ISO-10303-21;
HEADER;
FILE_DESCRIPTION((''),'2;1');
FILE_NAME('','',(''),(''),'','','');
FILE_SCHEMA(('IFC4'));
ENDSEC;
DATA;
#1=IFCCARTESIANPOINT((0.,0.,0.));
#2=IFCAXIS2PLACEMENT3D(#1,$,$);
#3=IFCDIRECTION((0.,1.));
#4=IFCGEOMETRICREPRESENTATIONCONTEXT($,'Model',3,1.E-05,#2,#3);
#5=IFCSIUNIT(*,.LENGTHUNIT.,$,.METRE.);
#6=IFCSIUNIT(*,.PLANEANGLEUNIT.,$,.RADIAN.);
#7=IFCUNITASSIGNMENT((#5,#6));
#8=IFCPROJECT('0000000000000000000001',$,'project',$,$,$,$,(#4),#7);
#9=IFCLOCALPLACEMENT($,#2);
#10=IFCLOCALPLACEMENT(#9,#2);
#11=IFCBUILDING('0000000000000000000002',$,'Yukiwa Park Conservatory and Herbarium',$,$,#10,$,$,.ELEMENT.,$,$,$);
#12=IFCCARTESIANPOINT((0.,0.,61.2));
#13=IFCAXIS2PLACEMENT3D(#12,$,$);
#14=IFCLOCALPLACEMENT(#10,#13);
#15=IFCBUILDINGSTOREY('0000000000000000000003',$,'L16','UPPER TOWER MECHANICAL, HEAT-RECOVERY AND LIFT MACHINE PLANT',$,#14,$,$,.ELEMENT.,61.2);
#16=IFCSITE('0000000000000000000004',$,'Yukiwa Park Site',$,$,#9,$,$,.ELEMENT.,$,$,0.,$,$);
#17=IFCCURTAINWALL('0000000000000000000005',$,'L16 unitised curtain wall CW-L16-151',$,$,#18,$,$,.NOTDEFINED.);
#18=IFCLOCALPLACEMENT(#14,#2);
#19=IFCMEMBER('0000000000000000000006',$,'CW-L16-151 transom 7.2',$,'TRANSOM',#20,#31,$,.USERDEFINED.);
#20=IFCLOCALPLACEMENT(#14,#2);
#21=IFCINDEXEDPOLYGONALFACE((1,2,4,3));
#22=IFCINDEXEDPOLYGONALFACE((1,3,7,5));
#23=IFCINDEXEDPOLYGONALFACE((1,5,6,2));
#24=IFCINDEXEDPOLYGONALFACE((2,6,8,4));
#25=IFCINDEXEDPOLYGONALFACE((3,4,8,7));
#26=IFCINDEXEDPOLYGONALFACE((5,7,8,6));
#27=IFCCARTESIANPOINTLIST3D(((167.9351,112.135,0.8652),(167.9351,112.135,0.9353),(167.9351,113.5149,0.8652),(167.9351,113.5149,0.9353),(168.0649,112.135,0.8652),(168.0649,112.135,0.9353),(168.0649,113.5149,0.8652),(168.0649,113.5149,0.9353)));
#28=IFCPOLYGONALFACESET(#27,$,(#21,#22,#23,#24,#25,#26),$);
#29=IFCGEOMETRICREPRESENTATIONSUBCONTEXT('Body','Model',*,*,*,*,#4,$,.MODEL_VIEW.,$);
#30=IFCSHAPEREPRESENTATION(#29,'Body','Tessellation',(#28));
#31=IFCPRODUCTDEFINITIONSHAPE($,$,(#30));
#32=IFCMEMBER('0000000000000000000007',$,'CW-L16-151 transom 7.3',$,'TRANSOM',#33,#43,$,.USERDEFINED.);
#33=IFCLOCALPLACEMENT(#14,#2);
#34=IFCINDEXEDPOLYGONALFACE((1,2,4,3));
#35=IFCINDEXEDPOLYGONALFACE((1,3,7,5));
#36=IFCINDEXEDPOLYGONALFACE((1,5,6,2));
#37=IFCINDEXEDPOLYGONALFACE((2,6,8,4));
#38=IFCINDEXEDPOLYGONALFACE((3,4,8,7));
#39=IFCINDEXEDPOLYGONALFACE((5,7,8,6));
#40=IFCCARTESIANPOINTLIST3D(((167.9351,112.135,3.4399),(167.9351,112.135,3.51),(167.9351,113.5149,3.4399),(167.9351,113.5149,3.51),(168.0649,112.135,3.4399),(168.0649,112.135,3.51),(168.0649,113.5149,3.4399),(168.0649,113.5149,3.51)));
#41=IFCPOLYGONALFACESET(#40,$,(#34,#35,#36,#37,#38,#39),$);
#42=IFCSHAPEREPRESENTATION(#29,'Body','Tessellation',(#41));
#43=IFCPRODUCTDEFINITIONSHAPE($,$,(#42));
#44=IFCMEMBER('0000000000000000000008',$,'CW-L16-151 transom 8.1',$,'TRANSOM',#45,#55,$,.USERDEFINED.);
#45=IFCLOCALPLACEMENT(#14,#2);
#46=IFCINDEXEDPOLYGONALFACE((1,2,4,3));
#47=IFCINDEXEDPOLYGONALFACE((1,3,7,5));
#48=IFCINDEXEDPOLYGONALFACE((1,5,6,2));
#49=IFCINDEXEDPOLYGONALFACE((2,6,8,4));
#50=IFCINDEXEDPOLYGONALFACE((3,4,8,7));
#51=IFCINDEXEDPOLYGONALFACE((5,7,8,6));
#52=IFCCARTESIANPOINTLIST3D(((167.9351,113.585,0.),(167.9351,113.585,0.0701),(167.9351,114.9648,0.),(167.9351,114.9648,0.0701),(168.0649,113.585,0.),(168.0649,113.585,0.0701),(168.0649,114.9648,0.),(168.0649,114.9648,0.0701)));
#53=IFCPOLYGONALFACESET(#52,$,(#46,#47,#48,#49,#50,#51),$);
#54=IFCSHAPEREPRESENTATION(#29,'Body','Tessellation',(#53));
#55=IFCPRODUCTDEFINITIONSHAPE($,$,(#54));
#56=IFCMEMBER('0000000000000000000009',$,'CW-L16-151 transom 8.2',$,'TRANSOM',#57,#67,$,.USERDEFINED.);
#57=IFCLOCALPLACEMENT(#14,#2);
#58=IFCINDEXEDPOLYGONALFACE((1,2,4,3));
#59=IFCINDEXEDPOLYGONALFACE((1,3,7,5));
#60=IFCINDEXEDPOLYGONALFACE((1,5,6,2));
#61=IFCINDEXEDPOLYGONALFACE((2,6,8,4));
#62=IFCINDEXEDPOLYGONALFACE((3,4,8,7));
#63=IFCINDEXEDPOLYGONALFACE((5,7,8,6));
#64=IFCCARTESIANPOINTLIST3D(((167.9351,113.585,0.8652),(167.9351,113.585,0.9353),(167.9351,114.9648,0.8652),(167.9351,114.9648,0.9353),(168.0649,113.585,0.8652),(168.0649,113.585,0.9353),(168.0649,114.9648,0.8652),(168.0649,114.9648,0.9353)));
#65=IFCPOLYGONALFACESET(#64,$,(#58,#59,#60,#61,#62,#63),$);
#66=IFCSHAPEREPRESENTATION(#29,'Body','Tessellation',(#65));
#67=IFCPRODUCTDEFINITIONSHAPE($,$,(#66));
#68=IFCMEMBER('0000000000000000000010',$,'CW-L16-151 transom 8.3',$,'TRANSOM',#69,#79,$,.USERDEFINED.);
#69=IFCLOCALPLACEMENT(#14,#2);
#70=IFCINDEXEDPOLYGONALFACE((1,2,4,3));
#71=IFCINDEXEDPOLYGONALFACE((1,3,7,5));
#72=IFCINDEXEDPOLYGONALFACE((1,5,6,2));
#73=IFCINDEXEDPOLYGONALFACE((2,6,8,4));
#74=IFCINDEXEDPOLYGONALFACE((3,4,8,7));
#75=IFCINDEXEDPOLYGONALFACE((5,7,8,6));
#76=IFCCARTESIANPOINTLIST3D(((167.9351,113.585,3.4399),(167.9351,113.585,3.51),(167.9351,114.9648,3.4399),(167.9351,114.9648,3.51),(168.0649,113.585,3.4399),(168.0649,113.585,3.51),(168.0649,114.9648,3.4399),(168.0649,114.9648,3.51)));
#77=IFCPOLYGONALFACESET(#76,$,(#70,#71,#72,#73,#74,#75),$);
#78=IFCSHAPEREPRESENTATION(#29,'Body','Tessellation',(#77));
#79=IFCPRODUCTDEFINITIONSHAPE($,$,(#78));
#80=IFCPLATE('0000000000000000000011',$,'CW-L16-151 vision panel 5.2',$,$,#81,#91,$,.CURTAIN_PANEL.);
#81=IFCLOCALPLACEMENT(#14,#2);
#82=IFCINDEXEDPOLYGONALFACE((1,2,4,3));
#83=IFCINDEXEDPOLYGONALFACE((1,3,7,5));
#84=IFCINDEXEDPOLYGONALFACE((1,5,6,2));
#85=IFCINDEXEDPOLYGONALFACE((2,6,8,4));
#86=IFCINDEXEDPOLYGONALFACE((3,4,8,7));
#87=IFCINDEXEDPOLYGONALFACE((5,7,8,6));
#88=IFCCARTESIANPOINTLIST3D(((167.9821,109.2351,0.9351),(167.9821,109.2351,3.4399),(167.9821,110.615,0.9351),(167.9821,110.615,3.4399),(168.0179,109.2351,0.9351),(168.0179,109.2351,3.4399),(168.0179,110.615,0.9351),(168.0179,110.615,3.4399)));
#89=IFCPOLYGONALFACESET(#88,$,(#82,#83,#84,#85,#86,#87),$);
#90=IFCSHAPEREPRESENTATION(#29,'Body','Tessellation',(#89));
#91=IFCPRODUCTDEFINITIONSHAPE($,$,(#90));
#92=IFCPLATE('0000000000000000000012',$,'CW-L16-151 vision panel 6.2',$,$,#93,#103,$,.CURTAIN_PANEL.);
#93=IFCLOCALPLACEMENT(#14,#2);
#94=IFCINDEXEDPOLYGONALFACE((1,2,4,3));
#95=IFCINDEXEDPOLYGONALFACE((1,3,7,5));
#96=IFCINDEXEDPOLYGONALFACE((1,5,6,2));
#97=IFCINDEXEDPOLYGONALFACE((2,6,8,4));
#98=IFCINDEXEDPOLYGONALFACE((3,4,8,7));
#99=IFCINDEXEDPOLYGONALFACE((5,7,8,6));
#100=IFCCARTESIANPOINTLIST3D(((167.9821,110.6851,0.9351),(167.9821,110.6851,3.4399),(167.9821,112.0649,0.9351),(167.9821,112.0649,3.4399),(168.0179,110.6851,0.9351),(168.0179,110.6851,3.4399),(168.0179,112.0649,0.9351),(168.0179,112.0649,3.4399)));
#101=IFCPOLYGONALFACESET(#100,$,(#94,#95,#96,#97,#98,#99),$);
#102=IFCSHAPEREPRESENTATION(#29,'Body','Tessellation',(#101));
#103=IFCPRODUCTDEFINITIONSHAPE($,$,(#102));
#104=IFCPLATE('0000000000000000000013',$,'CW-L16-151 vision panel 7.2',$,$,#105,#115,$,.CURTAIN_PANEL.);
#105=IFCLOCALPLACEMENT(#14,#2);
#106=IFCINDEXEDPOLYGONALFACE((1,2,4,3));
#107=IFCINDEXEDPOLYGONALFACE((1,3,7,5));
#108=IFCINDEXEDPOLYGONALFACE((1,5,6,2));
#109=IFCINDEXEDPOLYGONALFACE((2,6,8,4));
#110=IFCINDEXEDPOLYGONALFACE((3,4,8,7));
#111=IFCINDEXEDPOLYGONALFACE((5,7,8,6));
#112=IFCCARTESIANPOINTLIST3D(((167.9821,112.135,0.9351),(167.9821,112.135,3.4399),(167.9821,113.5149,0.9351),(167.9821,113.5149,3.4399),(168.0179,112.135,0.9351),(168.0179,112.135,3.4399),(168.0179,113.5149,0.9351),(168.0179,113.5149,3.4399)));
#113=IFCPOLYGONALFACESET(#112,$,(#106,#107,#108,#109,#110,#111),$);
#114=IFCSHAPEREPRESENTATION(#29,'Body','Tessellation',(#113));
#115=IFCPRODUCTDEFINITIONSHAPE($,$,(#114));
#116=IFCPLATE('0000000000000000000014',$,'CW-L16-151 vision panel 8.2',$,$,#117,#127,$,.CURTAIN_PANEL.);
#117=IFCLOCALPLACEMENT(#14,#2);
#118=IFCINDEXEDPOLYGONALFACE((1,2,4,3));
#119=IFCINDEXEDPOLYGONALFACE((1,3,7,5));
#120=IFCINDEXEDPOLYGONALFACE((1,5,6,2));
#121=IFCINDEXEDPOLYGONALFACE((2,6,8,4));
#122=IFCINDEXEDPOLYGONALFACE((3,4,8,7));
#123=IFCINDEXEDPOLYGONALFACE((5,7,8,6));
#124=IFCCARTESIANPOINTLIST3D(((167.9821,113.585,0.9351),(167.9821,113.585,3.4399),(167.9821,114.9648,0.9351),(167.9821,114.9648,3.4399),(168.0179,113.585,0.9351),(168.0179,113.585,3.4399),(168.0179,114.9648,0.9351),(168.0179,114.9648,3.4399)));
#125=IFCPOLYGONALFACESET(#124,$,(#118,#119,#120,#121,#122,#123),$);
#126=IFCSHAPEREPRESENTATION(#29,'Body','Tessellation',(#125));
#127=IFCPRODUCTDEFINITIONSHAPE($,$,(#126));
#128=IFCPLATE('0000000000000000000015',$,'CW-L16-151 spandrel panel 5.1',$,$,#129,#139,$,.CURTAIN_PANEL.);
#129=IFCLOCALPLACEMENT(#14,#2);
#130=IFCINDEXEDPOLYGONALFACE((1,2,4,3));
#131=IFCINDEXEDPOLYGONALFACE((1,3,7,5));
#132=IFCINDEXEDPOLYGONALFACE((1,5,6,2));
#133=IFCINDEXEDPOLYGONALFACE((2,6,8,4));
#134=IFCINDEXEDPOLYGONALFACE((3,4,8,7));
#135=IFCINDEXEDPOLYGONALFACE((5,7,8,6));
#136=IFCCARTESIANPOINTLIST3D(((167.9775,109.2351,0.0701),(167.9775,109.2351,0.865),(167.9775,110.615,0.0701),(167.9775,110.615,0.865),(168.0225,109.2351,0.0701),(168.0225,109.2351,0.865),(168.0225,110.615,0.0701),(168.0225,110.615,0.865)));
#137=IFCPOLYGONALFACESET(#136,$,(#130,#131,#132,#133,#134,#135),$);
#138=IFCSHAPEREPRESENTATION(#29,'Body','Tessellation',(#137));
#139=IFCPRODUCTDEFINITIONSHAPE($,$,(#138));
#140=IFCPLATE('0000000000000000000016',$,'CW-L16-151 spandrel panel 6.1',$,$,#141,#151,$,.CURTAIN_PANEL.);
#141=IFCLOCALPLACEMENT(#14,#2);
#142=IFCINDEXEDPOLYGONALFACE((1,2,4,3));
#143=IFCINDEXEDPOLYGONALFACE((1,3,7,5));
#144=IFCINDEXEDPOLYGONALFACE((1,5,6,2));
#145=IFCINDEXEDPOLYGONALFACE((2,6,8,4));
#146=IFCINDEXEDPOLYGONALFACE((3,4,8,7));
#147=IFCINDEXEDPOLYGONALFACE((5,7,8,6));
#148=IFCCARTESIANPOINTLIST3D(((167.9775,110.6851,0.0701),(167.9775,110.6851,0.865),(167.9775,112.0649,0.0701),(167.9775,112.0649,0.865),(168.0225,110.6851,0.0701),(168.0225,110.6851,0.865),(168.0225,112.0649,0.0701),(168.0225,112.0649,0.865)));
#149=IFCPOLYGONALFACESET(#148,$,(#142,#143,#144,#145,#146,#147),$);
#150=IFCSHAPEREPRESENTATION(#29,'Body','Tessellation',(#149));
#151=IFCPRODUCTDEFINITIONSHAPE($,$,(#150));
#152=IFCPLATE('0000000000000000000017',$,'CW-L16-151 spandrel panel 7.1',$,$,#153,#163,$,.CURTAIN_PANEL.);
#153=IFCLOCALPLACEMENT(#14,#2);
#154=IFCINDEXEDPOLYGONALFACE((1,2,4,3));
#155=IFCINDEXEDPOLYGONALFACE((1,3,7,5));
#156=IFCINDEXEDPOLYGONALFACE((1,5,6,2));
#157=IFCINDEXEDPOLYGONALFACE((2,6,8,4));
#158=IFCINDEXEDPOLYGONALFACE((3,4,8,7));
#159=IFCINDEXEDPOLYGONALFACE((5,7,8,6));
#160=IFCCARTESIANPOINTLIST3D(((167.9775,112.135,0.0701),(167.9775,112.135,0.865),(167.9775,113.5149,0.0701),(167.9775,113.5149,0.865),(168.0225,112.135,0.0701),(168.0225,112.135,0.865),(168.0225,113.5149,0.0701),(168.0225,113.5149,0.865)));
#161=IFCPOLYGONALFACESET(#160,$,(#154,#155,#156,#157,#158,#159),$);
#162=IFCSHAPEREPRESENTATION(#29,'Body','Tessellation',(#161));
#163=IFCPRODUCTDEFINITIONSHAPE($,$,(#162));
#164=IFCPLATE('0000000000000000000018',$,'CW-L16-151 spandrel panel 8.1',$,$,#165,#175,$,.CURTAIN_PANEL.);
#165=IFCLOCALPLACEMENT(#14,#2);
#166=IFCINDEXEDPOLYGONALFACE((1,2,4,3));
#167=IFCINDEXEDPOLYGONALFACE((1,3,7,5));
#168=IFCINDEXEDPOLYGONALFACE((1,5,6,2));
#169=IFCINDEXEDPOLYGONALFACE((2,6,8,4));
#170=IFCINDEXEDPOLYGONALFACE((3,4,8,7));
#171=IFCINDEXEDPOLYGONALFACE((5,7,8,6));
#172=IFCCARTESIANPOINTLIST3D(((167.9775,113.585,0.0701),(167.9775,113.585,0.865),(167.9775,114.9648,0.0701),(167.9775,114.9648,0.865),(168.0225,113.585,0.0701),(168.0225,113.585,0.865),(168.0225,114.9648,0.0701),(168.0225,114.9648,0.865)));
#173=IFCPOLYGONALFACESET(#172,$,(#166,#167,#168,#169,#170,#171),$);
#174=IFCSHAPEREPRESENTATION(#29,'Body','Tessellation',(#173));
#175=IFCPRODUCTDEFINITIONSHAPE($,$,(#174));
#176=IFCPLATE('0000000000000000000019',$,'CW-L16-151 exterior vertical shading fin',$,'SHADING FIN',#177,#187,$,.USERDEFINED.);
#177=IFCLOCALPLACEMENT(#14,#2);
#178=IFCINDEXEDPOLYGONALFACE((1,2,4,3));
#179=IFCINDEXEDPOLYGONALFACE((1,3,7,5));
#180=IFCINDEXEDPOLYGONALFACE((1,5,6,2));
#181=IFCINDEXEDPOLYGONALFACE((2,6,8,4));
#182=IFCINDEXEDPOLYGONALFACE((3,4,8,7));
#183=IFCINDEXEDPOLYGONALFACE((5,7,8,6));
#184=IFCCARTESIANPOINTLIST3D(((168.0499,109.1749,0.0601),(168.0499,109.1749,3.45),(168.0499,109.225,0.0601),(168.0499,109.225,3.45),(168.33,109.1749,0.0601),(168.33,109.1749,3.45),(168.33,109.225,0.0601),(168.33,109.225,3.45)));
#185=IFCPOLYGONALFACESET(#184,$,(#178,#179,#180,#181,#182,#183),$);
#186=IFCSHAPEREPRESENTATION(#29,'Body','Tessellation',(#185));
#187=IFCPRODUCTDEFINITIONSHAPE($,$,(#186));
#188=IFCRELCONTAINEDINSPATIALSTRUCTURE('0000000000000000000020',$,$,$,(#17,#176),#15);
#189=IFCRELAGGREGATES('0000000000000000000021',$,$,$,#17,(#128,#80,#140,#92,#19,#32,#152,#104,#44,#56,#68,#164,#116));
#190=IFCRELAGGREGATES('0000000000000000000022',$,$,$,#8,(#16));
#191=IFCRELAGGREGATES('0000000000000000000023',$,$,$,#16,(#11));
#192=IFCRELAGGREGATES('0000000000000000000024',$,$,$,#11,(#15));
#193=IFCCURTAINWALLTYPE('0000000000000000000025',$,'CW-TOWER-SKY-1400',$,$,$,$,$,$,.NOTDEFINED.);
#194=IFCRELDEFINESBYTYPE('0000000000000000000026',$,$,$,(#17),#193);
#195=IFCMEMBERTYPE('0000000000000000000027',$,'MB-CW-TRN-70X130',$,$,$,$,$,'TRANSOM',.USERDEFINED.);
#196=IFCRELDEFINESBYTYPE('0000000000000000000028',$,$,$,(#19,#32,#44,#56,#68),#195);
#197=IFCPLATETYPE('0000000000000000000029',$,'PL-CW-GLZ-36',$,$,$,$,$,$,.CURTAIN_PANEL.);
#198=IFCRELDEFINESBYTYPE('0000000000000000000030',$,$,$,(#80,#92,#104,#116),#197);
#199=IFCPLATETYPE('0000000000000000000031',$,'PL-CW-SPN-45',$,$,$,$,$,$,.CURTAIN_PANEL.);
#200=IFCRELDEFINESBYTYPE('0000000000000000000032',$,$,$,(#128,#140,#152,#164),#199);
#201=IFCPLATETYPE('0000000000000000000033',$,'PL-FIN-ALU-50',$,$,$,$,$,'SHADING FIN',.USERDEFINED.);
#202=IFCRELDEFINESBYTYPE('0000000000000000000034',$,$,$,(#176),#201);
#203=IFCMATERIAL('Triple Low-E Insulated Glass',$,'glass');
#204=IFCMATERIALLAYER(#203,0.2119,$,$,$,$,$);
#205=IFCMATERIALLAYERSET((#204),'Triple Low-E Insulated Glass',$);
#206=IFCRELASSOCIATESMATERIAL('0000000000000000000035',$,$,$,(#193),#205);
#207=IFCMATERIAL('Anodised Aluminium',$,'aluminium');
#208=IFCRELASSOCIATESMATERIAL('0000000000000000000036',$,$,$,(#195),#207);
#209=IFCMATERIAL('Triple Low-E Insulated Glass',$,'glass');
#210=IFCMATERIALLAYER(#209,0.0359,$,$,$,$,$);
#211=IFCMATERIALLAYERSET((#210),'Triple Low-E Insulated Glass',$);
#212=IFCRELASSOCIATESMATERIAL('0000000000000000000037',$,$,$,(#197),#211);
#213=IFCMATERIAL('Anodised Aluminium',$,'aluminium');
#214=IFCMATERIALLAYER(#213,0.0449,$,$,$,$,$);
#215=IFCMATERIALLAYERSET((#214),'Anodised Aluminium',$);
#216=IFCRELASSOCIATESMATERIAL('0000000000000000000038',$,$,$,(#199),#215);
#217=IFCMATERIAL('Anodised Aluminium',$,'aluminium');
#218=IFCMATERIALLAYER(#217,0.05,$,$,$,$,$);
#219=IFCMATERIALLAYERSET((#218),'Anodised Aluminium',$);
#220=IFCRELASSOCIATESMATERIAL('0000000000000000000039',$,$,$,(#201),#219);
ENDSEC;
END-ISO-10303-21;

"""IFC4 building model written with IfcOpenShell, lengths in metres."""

from ifc_helpers import new_model, si_unit, direction, frame, origin, origin_2d, place, context, subcontext, project, spatial, rectangle, extrude, material, layer, layer_set, type_object, element, aggregate, save


model = new_model("IFC4")

# Units and contexts
model_context = context("Model", 3, precision=1e-05, world=origin(), true_north=direction((0.0, 1.0)))
body_context = subcontext(model_context, "Body", "Model", "MODEL_VIEW")
ifc_project = project(units=[si_unit("LENGTHUNIT", "METRE"), si_unit("PLANEANGLEUNIT", "RADIAN")], contexts=[model_context])

# Site, building, storey
site_placement = place(None, origin())
site = spatial("IfcSite", under=ifc_project, at=site_placement, Name="Yukiwa Park Site", CompositionType="ELEMENT", RefElevation=0.0)
building_placement = place(site_placement, origin())
building = spatial("IfcBuilding", under=site, at=building_placement, Name="Yukiwa Park Conservatory and Herbarium", CompositionType="ELEMENT")
storey_placement = place(building_placement, frame((0.0, 0.0, 61.2)))
storey = spatial("IfcBuildingStorey", under=building, at=storey_placement, Name="L16", Description="UPPER TOWER MECHANICAL, HEAT-RECOVERY AND LIFT MACHINE PLANT", CompositionType="ELEMENT", Elevation=61.2)

# Curtain wall, members, plates
ifc_material_1 = material(Name="Triple Low-E Insulated Glass", Category="glass")
ifc_layer_1 = layer(ifc_material_1, 0.2119)
ifc_layer_set_1 = layer_set([ifc_layer_1], Name="Triple Low-E Insulated Glass")
curtain_wall_type = type_object("IfcCurtainWallType", Name="CW-TOWER-SKY-1400", PredefinedType="NOTDEFINED", material=ifc_layer_set_1)
curtain_wall_placement = place(storey_placement, origin())
curtain_wall = element("IfcCurtainWall", 1, at=curtain_wall_placement, inside=storey, type_object=curtain_wall_type, Name="L16 unitised curtain wall CW-L16-151", PredefinedType="NOTDEFINED")
ifc_material_2 = material(Name="Anodised Aluminium", Category="aluminium")
member_type_1 = type_object("IfcMemberType", Name="MB-CW-TRN-70X130", ElementType="TRANSOM", PredefinedType="USERDEFINED", material=ifc_material_2)
member_1_placement = place(storey_placement, frame((168.0, 112.825, 0.8652), z_axis=(0.0, 0.0, 1.0), x_axis=(0.0, 1.0, 0.0)))
member_1 = element("IfcMember", 2, at=member_1_placement, type_object=member_type_1, Name="CW-L16-151 transom 7.2", ObjectType="TRANSOM", PredefinedType="USERDEFINED", context=body_context, shape_type="SweptSolid", body=[
    extrude(rectangle(XDim=1.3799, YDim=0.1299, at=origin_2d()), origin(), (0.0, 0.0, 1.0), 0.0701),
])
member_2_placement = place(storey_placement, frame((168.0, 112.825, 3.4399), z_axis=(0.0, 0.0, 1.0), x_axis=(0.0, 1.0, 0.0)))
member_2 = element("IfcMember", 3, at=member_2_placement, type_object=member_type_1, Name="CW-L16-151 transom 7.3", ObjectType="TRANSOM", PredefinedType="USERDEFINED", context=body_context, shape_type="SweptSolid", body=[
    extrude(rectangle(XDim=1.3799, YDim=0.1299, at=origin_2d()), origin(), (0.0, 0.0, 1.0), 0.0701),
])
member_3_placement = place(storey_placement, frame((168.0, 114.2749, 0.0), z_axis=(0.0, 0.0, 1.0), x_axis=(0.0, 1.0, 0.0)))
member_3 = element("IfcMember", 4, at=member_3_placement, type_object=member_type_1, Name="CW-L16-151 transom 8.1", ObjectType="TRANSOM", PredefinedType="USERDEFINED", context=body_context, shape_type="SweptSolid", body=[
    extrude(rectangle(XDim=1.3799, YDim=0.1299, at=origin_2d()), origin(), (0.0, 0.0, 1.0), 0.0701),
])
member_4_placement = place(storey_placement, frame((168.0, 114.2749, 0.8652), z_axis=(0.0, 0.0, 1.0), x_axis=(0.0, 1.0, 0.0)))
member_4 = element("IfcMember", 5, at=member_4_placement, type_object=member_type_1, Name="CW-L16-151 transom 8.2", ObjectType="TRANSOM", PredefinedType="USERDEFINED", context=body_context, shape_type="SweptSolid", body=[
    extrude(rectangle(XDim=1.3799, YDim=0.1299, at=origin_2d()), origin(), (0.0, 0.0, 1.0), 0.0701),
])
member_5_placement = place(storey_placement, frame((168.0, 114.2749, 3.4399), z_axis=(0.0, 0.0, 1.0), x_axis=(0.0, 1.0, 0.0)))
member_5 = element("IfcMember", 6, at=member_5_placement, type_object=member_type_1, Name="CW-L16-151 transom 8.3", ObjectType="TRANSOM", PredefinedType="USERDEFINED", context=body_context, shape_type="SweptSolid", body=[
    extrude(rectangle(XDim=1.3799, YDim=0.1299, at=origin_2d()), origin(), (0.0, 0.0, 1.0), 0.0701),
])
ifc_material_3 = material(Name="Triple Low-E Insulated Glass", Category="glass")
ifc_layer_2 = layer(ifc_material_3, 0.0359)
ifc_layer_set_2 = layer_set([ifc_layer_2], Name="Triple Low-E Insulated Glass")
plate_type_1 = type_object("IfcPlateType", Name="PL-CW-GLZ-36", PredefinedType="CURTAIN_PANEL", material=ifc_layer_set_2)
plate_1_placement = place(storey_placement, frame((168.0, 109.925, 0.9351), z_axis=(0.0, 0.0, 1.0), x_axis=(0.0, 1.0, 0.0)))
plate_1 = element("IfcPlate", 7, at=plate_1_placement, type_object=plate_type_1, Name="CW-L16-151 vision panel 5.2", PredefinedType="CURTAIN_PANEL", context=body_context, shape_type="SweptSolid", body=[
    extrude(rectangle(XDim=1.3799, YDim=0.0359, at=origin_2d()), origin(), (0.0, 0.0, 1.0), 2.5049),
])
plate_2_placement = place(storey_placement, frame((168.0, 111.375, 0.9351), z_axis=(0.0, 0.0, 1.0), x_axis=(0.0, 1.0, 0.0)))
plate_2 = element("IfcPlate", 8, at=plate_2_placement, type_object=plate_type_1, Name="CW-L16-151 vision panel 6.2", PredefinedType="CURTAIN_PANEL", context=body_context, shape_type="SweptSolid", body=[
    extrude(rectangle(XDim=1.3799, YDim=0.0359, at=origin_2d()), origin(), (0.0, 0.0, 1.0), 2.5049),
])
plate_3_placement = place(storey_placement, frame((168.0, 112.825, 0.9351), z_axis=(0.0, 0.0, 1.0), x_axis=(0.0, 1.0, 0.0)))
plate_3 = element("IfcPlate", 9, at=plate_3_placement, type_object=plate_type_1, Name="CW-L16-151 vision panel 7.2", PredefinedType="CURTAIN_PANEL", context=body_context, shape_type="SweptSolid", body=[
    extrude(rectangle(XDim=1.3799, YDim=0.0359, at=origin_2d()), origin(), (0.0, 0.0, 1.0), 2.5049),
])
plate_4_placement = place(storey_placement, frame((168.0, 114.2749, 0.9351), z_axis=(0.0, 0.0, 1.0), x_axis=(0.0, 1.0, 0.0)))
plate_4 = element("IfcPlate", 10, at=plate_4_placement, type_object=plate_type_1, Name="CW-L16-151 vision panel 8.2", PredefinedType="CURTAIN_PANEL", context=body_context, shape_type="SweptSolid", body=[
    extrude(rectangle(XDim=1.3799, YDim=0.0359, at=origin_2d()), origin(), (0.0, 0.0, 1.0), 2.5049),
])
ifc_material_4 = material(Name="Anodised Aluminium", Category="aluminium")
ifc_layer_3 = layer(ifc_material_4, 0.0449)
ifc_layer_set_3 = layer_set([ifc_layer_3], Name="Anodised Aluminium")
plate_type_2 = type_object("IfcPlateType", Name="PL-CW-SPN-45", PredefinedType="CURTAIN_PANEL", material=ifc_layer_set_3)
plate_5_placement = place(storey_placement, frame((168.0, 109.925, 0.0701), z_axis=(0.0, 0.0, 1.0), x_axis=(0.0, 1.0, 0.0)))
plate_5 = element("IfcPlate", 11, at=plate_5_placement, type_object=plate_type_2, Name="CW-L16-151 spandrel panel 5.1", PredefinedType="CURTAIN_PANEL", context=body_context, shape_type="SweptSolid", body=[
    extrude(rectangle(XDim=1.3799, YDim=0.0449, at=origin_2d()), origin(), (0.0, 0.0, 1.0), 0.7949),
])
plate_6_placement = place(storey_placement, frame((168.0, 111.375, 0.0701), z_axis=(0.0, 0.0, 1.0), x_axis=(0.0, 1.0, 0.0)))
plate_6 = element("IfcPlate", 12, at=plate_6_placement, type_object=plate_type_2, Name="CW-L16-151 spandrel panel 6.1", PredefinedType="CURTAIN_PANEL", context=body_context, shape_type="SweptSolid", body=[
    extrude(rectangle(XDim=1.3799, YDim=0.0449, at=origin_2d()), origin(), (0.0, 0.0, 1.0), 0.7949),
])
plate_7_placement = place(storey_placement, frame((168.0, 112.825, 0.0701), z_axis=(0.0, 0.0, 1.0), x_axis=(0.0, 1.0, 0.0)))
plate_7 = element("IfcPlate", 13, at=plate_7_placement, type_object=plate_type_2, Name="CW-L16-151 spandrel panel 7.1", PredefinedType="CURTAIN_PANEL", context=body_context, shape_type="SweptSolid", body=[
    extrude(rectangle(XDim=1.3799, YDim=0.0449, at=origin_2d()), origin(), (0.0, 0.0, 1.0), 0.7949),
])
plate_8_placement = place(storey_placement, frame((168.0, 114.2749, 0.0701), z_axis=(0.0, 0.0, 1.0), x_axis=(0.0, 1.0, 0.0)))
plate_8 = element("IfcPlate", 14, at=plate_8_placement, type_object=plate_type_2, Name="CW-L16-151 spandrel panel 8.1", PredefinedType="CURTAIN_PANEL", context=body_context, shape_type="SweptSolid", body=[
    extrude(rectangle(XDim=1.3799, YDim=0.0449, at=origin_2d()), origin(), (0.0, 0.0, 1.0), 0.7949),
])
aggregate(curtain_wall, [plate_5, plate_1, plate_6, plate_2, member_1, member_2, plate_7, plate_3, member_3, member_4, member_5, plate_8, plate_4])

# Plate
ifc_material_5 = material(Name="Anodised Aluminium", Category="aluminium")
ifc_layer_4 = layer(ifc_material_5, 0.05)
ifc_layer_set_4 = layer_set([ifc_layer_4], Name="Anodised Aluminium")
plate_type_3 = type_object("IfcPlateType", Name="PL-FIN-ALU-50", ElementType="SHADING FIN", PredefinedType="USERDEFINED", material=ifc_layer_set_4)
plate_9_placement = place(storey_placement, frame((168.1899, 109.2, 0.0601), z_axis=(0.0, 0.0, 1.0), x_axis=(0.0, 1.0, 0.0)))
element("IfcPlate", 15, at=plate_9_placement, inside=storey, type_object=plate_type_3, Name="CW-L16-151 exterior vertical shading fin", ObjectType="SHADING FIN", PredefinedType="USERDEFINED", context=body_context, shape_type="SweptSolid", body=[
    extrude(rectangle(XDim=0.05, YDim=0.28, at=origin_2d()), origin(), (0.0, 0.0, 1.0), 3.3899),
])

save(model, "model.ifc")
